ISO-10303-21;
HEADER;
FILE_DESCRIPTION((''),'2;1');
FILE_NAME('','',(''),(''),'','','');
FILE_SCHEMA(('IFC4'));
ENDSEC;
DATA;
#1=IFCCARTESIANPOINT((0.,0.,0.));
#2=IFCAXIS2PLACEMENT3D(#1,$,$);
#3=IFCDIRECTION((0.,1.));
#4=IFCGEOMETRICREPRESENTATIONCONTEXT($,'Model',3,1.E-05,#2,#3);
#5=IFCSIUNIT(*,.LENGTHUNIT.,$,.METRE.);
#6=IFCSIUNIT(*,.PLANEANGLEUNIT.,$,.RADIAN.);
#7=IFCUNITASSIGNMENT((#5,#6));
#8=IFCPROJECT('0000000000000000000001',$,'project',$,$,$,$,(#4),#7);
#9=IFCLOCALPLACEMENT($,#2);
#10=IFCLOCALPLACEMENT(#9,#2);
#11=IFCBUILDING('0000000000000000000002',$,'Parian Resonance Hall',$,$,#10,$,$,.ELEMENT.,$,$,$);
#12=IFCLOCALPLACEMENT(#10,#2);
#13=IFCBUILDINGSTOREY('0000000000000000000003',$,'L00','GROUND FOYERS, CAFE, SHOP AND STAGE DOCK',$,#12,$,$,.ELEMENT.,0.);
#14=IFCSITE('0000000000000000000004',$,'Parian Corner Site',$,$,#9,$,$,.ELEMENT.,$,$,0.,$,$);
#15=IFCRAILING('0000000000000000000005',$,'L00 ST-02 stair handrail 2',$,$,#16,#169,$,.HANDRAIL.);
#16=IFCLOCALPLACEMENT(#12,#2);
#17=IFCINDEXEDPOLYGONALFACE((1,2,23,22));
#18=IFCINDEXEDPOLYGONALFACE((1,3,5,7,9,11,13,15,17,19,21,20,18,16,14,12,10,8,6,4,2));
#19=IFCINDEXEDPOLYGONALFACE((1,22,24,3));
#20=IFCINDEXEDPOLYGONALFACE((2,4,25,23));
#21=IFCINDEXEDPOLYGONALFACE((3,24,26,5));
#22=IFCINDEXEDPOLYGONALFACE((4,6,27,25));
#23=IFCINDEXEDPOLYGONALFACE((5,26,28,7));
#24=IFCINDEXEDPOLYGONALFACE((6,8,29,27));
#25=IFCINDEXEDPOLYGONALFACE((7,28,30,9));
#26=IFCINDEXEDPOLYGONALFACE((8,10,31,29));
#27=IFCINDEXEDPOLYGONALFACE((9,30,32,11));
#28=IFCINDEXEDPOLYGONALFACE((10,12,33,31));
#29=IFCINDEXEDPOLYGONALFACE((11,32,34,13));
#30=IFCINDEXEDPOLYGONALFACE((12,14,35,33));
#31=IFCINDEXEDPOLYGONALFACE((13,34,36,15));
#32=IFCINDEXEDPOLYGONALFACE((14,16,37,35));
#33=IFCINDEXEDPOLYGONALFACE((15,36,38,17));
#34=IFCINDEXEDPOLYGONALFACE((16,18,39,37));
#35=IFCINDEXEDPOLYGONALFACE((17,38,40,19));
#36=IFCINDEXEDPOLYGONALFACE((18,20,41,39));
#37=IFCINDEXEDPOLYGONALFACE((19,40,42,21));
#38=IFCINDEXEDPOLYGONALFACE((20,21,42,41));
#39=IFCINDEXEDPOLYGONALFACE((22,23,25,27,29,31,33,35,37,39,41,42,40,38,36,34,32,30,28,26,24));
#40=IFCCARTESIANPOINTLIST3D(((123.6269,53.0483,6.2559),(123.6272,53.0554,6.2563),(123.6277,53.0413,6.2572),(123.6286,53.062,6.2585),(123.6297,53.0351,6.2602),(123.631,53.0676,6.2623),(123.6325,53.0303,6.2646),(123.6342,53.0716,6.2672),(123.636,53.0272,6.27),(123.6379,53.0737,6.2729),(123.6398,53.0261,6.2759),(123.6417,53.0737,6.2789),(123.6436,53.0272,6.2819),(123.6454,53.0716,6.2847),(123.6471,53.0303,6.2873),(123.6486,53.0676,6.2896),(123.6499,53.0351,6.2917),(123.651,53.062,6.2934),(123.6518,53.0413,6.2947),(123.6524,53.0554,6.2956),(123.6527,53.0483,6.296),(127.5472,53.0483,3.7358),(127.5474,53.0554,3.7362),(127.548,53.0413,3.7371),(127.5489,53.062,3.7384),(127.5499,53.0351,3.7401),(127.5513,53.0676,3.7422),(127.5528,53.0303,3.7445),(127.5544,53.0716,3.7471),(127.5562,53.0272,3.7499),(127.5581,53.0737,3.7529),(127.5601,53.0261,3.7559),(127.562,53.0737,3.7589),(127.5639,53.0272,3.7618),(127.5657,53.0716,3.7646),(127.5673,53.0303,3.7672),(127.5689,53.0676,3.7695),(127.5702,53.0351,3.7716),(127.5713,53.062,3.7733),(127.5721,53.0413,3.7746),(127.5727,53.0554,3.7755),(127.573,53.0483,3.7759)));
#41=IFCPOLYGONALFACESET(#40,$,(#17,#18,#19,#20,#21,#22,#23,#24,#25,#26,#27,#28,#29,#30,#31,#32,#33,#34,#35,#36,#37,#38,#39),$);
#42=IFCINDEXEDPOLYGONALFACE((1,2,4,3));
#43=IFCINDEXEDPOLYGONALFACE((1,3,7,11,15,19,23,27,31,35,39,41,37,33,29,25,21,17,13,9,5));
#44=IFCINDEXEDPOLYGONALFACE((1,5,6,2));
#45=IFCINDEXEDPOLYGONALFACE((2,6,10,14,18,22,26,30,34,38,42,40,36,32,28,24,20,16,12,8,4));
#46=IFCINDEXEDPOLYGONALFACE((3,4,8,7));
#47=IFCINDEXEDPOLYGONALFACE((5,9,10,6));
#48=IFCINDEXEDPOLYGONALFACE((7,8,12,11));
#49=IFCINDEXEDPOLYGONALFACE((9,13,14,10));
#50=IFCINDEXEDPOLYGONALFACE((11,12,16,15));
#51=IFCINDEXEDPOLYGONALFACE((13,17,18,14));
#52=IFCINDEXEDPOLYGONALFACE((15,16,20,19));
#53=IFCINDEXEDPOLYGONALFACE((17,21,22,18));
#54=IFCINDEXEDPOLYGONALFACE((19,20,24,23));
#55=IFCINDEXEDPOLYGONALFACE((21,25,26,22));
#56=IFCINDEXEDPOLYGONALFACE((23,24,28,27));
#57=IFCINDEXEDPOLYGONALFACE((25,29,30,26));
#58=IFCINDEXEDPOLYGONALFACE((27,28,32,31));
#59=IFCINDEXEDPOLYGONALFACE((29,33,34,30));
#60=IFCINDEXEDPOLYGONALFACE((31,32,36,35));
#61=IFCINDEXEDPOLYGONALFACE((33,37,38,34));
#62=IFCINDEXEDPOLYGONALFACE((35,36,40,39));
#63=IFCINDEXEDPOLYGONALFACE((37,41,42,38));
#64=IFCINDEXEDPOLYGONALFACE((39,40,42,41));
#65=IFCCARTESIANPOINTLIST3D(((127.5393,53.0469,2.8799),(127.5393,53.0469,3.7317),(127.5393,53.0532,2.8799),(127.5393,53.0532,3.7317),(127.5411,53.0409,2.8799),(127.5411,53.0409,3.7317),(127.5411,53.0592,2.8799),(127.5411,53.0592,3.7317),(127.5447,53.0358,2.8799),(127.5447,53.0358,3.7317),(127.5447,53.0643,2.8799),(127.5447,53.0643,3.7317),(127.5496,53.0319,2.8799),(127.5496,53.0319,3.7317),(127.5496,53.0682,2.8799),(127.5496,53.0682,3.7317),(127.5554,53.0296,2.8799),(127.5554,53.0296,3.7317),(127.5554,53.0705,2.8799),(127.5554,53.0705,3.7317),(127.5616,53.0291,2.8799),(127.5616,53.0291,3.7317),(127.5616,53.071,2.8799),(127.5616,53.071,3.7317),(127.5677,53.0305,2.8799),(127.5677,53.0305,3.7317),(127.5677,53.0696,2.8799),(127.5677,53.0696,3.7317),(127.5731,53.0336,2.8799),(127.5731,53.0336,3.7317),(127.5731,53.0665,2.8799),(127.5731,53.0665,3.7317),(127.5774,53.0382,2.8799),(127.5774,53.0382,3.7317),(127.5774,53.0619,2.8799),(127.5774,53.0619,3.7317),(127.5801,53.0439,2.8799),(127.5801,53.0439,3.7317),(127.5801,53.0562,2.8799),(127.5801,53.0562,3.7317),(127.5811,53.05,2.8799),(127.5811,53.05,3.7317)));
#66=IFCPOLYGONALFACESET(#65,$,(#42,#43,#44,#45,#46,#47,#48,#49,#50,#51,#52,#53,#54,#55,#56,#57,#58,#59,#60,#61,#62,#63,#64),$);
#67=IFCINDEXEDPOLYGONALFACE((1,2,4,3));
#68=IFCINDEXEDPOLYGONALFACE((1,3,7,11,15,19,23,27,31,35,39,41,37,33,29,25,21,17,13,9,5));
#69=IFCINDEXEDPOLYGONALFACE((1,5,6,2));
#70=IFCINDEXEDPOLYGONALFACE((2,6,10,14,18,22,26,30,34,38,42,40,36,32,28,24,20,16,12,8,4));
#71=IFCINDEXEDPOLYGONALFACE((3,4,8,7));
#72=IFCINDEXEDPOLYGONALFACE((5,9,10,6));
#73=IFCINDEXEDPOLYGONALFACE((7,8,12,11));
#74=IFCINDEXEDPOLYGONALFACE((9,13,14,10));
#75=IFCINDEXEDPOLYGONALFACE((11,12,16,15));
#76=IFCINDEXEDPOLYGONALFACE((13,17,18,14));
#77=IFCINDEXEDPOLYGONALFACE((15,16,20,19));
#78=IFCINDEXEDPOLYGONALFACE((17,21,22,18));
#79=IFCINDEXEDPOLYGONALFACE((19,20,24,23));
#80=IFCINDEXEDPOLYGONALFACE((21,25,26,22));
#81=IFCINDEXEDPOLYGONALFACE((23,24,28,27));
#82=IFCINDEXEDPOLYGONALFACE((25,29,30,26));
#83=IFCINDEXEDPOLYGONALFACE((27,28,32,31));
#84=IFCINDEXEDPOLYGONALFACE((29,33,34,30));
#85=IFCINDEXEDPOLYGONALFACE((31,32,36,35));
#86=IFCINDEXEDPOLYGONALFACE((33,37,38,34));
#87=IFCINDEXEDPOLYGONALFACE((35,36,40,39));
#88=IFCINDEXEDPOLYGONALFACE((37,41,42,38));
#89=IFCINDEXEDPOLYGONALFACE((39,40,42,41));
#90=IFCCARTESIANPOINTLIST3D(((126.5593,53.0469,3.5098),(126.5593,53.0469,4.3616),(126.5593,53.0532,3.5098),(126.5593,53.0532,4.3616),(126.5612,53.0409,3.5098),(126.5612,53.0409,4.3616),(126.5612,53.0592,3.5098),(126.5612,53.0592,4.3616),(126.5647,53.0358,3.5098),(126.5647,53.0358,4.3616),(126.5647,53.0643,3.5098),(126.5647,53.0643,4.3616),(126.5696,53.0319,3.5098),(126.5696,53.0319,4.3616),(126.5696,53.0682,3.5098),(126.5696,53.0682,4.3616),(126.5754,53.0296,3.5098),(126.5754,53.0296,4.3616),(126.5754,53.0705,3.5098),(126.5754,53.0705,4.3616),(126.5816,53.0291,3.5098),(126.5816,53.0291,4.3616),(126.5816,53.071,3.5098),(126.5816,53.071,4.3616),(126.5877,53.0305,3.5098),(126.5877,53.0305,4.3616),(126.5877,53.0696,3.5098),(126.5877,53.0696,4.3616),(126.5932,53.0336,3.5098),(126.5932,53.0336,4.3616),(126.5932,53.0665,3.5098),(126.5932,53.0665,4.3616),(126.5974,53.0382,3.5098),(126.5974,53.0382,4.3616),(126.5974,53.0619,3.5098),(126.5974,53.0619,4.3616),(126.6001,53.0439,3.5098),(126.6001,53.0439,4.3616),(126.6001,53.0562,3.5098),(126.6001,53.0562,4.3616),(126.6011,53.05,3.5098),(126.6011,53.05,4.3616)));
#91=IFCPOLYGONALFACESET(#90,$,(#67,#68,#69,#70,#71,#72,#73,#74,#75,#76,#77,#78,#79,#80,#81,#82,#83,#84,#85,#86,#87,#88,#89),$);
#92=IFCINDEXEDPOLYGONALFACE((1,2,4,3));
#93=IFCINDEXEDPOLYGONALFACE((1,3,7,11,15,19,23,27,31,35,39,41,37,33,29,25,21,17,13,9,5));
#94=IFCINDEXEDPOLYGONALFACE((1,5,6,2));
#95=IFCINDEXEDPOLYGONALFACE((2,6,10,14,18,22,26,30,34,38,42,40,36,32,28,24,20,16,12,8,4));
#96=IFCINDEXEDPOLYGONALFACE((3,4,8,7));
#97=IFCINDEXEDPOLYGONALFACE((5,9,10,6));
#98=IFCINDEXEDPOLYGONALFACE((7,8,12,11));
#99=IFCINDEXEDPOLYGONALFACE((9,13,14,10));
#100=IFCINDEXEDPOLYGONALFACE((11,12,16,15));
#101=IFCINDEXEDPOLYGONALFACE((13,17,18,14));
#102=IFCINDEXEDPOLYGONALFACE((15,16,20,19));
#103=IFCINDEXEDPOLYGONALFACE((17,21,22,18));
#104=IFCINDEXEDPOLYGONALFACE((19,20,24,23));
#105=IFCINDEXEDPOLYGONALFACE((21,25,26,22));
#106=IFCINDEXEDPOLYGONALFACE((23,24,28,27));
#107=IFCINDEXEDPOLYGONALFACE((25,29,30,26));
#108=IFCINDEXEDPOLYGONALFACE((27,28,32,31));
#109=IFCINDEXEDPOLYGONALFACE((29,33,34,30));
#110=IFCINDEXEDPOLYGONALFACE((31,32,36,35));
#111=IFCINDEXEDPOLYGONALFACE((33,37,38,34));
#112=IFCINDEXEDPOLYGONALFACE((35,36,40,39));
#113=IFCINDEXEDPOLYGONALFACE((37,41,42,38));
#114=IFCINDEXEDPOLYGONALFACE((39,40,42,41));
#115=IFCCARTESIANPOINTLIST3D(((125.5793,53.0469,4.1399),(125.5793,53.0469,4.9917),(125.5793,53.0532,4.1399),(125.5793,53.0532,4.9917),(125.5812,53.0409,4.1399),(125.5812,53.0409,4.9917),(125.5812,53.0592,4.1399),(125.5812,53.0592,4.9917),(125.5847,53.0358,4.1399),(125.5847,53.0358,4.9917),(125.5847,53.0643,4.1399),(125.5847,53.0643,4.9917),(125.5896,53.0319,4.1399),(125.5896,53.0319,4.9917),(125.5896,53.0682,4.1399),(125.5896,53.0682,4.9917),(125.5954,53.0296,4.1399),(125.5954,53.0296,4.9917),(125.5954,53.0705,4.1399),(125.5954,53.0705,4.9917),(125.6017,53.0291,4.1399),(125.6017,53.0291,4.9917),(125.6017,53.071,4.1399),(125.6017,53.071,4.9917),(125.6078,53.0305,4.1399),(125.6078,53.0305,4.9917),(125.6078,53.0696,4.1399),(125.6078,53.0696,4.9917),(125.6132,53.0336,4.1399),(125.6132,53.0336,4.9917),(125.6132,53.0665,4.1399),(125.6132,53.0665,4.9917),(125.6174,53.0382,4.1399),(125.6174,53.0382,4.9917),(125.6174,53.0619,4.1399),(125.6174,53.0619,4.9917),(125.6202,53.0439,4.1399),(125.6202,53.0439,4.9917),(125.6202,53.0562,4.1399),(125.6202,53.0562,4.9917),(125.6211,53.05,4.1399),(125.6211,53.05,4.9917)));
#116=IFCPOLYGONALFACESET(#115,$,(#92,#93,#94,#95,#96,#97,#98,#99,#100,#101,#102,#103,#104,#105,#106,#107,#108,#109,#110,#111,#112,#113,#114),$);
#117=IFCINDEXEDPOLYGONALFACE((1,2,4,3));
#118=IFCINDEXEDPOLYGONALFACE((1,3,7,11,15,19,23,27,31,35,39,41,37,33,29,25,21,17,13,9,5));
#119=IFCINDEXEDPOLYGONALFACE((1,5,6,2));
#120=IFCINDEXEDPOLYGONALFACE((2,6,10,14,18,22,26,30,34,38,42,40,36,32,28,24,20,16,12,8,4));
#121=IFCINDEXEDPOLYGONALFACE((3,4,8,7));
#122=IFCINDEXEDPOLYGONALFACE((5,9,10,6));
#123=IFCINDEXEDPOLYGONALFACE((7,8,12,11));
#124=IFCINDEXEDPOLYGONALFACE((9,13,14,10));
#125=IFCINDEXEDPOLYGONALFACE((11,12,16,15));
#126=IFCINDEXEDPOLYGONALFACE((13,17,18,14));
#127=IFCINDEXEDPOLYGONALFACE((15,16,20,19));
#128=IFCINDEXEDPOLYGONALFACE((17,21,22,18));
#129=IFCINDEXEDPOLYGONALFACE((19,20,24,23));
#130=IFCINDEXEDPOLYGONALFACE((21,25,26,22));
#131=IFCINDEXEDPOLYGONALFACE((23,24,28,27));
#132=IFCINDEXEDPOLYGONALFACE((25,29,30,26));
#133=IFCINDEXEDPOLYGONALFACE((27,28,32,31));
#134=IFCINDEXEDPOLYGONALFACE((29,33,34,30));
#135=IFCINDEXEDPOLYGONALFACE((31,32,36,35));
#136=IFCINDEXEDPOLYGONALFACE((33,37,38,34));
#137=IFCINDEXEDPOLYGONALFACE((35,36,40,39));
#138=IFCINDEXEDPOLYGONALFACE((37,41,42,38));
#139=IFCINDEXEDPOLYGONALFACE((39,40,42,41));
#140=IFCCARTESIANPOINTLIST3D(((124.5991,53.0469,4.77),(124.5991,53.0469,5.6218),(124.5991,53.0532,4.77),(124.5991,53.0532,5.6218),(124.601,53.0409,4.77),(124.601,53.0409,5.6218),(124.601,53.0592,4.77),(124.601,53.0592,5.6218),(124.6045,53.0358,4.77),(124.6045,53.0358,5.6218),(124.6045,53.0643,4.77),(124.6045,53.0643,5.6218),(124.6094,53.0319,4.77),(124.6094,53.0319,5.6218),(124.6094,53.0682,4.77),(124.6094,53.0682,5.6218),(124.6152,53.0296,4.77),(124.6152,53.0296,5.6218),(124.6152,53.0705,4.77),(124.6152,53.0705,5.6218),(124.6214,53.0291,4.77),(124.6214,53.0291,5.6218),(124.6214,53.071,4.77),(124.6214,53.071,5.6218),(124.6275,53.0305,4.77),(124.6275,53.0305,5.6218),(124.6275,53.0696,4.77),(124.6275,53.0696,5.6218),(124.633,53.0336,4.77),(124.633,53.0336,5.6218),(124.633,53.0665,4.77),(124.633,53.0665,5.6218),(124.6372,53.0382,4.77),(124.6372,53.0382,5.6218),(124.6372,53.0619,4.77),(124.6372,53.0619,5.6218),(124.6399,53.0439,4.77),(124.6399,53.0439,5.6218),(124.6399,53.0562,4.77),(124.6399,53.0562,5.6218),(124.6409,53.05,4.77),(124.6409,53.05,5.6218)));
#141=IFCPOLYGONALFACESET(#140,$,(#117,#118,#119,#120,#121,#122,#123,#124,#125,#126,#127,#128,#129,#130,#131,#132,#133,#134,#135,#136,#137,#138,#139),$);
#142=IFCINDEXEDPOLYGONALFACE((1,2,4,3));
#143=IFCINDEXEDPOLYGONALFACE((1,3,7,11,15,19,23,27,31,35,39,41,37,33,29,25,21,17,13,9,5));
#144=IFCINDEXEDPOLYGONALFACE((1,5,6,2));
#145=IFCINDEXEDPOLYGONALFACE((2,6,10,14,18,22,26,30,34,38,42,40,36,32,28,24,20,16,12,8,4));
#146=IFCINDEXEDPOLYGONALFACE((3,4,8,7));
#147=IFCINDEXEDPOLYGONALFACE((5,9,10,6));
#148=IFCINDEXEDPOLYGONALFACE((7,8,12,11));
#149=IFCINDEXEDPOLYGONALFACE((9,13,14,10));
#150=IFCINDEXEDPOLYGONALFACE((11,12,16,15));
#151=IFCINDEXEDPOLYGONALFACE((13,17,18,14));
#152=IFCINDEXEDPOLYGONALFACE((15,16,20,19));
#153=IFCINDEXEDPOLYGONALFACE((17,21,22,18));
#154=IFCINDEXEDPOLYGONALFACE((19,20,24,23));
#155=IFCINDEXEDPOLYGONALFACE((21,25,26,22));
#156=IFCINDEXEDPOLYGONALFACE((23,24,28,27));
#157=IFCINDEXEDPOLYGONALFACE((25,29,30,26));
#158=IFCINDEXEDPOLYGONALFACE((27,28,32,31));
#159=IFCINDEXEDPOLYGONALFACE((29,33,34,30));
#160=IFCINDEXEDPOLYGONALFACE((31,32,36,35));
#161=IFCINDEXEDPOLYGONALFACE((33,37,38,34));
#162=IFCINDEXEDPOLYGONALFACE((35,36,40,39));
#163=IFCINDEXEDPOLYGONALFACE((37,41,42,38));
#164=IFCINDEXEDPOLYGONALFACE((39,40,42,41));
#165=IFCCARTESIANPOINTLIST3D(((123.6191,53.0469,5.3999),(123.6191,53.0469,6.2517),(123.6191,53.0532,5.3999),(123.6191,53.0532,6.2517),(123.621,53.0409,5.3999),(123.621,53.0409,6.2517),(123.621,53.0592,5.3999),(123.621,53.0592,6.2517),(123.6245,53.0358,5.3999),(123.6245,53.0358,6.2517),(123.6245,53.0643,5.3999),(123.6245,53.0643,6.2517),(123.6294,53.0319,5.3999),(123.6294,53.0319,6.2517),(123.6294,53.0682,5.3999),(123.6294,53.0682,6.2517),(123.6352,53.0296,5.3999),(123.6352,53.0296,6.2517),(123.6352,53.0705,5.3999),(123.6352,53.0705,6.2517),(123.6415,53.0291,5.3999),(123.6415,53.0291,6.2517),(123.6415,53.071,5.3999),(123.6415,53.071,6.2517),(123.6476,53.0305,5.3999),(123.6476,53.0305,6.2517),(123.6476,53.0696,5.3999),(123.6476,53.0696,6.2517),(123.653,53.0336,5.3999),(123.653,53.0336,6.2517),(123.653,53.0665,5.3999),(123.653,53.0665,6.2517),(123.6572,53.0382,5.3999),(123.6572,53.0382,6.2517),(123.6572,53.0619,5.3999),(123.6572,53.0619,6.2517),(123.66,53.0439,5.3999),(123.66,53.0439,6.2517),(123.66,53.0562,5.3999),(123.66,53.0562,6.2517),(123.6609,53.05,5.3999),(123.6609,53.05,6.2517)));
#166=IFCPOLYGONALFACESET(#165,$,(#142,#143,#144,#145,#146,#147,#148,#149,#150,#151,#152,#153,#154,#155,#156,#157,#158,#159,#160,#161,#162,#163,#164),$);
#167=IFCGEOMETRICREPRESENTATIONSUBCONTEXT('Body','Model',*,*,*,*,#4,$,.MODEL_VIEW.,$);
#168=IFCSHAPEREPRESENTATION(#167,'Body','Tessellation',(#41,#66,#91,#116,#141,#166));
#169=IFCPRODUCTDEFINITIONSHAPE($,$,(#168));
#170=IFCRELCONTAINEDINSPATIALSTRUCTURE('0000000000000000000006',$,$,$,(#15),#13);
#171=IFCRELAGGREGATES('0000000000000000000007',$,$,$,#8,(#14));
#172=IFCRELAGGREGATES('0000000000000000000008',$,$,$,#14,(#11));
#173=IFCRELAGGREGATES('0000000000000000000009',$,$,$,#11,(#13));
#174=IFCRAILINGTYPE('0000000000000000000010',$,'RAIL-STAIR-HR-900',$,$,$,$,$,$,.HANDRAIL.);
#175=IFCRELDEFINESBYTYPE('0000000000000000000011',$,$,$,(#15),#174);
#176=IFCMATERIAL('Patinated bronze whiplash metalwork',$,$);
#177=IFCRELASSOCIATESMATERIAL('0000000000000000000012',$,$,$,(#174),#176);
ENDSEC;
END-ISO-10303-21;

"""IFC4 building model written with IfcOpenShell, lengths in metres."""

from ifc_helpers import new_model, si_unit, direction, frame, origin, origin_2d, place, context, subcontext, project, spatial, circle, extrude, material, type_object, element, save


model = new_model("IFC4")

# Units and contexts
model_context = context("Model", 3, precision=1e-05, world=origin(), true_north=direction((0.0, 1.0)))
body_context = subcontext(model_context, "Body", "Model", "MODEL_VIEW")
ifc_project = project(units=[si_unit("LENGTHUNIT", "METRE"), si_unit("PLANEANGLEUNIT", "RADIAN")], contexts=[model_context])

# Site, building, storey
site_placement = place(None, origin())
site = spatial("IfcSite", under=ifc_project, at=site_placement, Name="Parian Corner Site", CompositionType="ELEMENT", RefElevation=0.0)
building_placement = place(site_placement, origin())
building = spatial("IfcBuilding", under=site, at=building_placement, Name="Parian Resonance Hall", CompositionType="ELEMENT")
storey_placement = place(building_placement, origin())
storey = spatial("IfcBuildingStorey", under=building, at=storey_placement, Name="L00", Description="GROUND FOYERS, CAFE, SHOP AND STAGE DOCK", CompositionType="ELEMENT", Elevation=0.0)

# Railing
ifc_material_1 = material(Name="Patinated bronze whiplash metalwork")
railing_type_1 = type_object("IfcRailingType", Name="RAIL-STAIR-HR-900", PredefinedType="HANDRAIL", material=ifc_material_1)
railing_1_placement = place(storey_placement, frame((127.5601, 53.05, 2.8799)))
element("IfcRailing", 1, at=railing_1_placement, inside=storey, type_object=railing_type_1, Name="L00 ST-02 stair handrail 2", PredefinedType="HANDRAIL", context=body_context, shape_type="SweptSolid", body=[
    extrude(circle(Radius=0.0239, at=origin_2d()), frame((0.0, 0.0, 0.876), z_axis=(-0.841187, 0.0, 0.540744), x_axis=(0.0, -1.0, 0.0)), (0.0, 0.0, 1.0), 4.6604),
    extrude(circle(Radius=0.021, at=origin_2d()), origin(), (0.0, 0.0, 1.0), 0.8518),
    extrude(circle(Radius=0.021, at=origin_2d()), frame((-0.98, 0.0, 0.6299)), (0.0, 0.0, 1.0), 0.8518),
    extrude(circle(Radius=0.021, at=origin_2d()), frame((-1.96, 0.0, 1.26)), (0.0, 0.0, 1.0), 0.8518),
    extrude(circle(Radius=0.021, at=origin_2d()), frame((-2.9402, 0.0, 1.8901)), (0.0, 0.0, 1.0), 0.8518),
    extrude(circle(Radius=0.021, at=origin_2d()), frame((-3.9202, 0.0, 2.52)), (0.0, 0.0, 1.0), 0.8518),
])

save(model, "model.ifc")
